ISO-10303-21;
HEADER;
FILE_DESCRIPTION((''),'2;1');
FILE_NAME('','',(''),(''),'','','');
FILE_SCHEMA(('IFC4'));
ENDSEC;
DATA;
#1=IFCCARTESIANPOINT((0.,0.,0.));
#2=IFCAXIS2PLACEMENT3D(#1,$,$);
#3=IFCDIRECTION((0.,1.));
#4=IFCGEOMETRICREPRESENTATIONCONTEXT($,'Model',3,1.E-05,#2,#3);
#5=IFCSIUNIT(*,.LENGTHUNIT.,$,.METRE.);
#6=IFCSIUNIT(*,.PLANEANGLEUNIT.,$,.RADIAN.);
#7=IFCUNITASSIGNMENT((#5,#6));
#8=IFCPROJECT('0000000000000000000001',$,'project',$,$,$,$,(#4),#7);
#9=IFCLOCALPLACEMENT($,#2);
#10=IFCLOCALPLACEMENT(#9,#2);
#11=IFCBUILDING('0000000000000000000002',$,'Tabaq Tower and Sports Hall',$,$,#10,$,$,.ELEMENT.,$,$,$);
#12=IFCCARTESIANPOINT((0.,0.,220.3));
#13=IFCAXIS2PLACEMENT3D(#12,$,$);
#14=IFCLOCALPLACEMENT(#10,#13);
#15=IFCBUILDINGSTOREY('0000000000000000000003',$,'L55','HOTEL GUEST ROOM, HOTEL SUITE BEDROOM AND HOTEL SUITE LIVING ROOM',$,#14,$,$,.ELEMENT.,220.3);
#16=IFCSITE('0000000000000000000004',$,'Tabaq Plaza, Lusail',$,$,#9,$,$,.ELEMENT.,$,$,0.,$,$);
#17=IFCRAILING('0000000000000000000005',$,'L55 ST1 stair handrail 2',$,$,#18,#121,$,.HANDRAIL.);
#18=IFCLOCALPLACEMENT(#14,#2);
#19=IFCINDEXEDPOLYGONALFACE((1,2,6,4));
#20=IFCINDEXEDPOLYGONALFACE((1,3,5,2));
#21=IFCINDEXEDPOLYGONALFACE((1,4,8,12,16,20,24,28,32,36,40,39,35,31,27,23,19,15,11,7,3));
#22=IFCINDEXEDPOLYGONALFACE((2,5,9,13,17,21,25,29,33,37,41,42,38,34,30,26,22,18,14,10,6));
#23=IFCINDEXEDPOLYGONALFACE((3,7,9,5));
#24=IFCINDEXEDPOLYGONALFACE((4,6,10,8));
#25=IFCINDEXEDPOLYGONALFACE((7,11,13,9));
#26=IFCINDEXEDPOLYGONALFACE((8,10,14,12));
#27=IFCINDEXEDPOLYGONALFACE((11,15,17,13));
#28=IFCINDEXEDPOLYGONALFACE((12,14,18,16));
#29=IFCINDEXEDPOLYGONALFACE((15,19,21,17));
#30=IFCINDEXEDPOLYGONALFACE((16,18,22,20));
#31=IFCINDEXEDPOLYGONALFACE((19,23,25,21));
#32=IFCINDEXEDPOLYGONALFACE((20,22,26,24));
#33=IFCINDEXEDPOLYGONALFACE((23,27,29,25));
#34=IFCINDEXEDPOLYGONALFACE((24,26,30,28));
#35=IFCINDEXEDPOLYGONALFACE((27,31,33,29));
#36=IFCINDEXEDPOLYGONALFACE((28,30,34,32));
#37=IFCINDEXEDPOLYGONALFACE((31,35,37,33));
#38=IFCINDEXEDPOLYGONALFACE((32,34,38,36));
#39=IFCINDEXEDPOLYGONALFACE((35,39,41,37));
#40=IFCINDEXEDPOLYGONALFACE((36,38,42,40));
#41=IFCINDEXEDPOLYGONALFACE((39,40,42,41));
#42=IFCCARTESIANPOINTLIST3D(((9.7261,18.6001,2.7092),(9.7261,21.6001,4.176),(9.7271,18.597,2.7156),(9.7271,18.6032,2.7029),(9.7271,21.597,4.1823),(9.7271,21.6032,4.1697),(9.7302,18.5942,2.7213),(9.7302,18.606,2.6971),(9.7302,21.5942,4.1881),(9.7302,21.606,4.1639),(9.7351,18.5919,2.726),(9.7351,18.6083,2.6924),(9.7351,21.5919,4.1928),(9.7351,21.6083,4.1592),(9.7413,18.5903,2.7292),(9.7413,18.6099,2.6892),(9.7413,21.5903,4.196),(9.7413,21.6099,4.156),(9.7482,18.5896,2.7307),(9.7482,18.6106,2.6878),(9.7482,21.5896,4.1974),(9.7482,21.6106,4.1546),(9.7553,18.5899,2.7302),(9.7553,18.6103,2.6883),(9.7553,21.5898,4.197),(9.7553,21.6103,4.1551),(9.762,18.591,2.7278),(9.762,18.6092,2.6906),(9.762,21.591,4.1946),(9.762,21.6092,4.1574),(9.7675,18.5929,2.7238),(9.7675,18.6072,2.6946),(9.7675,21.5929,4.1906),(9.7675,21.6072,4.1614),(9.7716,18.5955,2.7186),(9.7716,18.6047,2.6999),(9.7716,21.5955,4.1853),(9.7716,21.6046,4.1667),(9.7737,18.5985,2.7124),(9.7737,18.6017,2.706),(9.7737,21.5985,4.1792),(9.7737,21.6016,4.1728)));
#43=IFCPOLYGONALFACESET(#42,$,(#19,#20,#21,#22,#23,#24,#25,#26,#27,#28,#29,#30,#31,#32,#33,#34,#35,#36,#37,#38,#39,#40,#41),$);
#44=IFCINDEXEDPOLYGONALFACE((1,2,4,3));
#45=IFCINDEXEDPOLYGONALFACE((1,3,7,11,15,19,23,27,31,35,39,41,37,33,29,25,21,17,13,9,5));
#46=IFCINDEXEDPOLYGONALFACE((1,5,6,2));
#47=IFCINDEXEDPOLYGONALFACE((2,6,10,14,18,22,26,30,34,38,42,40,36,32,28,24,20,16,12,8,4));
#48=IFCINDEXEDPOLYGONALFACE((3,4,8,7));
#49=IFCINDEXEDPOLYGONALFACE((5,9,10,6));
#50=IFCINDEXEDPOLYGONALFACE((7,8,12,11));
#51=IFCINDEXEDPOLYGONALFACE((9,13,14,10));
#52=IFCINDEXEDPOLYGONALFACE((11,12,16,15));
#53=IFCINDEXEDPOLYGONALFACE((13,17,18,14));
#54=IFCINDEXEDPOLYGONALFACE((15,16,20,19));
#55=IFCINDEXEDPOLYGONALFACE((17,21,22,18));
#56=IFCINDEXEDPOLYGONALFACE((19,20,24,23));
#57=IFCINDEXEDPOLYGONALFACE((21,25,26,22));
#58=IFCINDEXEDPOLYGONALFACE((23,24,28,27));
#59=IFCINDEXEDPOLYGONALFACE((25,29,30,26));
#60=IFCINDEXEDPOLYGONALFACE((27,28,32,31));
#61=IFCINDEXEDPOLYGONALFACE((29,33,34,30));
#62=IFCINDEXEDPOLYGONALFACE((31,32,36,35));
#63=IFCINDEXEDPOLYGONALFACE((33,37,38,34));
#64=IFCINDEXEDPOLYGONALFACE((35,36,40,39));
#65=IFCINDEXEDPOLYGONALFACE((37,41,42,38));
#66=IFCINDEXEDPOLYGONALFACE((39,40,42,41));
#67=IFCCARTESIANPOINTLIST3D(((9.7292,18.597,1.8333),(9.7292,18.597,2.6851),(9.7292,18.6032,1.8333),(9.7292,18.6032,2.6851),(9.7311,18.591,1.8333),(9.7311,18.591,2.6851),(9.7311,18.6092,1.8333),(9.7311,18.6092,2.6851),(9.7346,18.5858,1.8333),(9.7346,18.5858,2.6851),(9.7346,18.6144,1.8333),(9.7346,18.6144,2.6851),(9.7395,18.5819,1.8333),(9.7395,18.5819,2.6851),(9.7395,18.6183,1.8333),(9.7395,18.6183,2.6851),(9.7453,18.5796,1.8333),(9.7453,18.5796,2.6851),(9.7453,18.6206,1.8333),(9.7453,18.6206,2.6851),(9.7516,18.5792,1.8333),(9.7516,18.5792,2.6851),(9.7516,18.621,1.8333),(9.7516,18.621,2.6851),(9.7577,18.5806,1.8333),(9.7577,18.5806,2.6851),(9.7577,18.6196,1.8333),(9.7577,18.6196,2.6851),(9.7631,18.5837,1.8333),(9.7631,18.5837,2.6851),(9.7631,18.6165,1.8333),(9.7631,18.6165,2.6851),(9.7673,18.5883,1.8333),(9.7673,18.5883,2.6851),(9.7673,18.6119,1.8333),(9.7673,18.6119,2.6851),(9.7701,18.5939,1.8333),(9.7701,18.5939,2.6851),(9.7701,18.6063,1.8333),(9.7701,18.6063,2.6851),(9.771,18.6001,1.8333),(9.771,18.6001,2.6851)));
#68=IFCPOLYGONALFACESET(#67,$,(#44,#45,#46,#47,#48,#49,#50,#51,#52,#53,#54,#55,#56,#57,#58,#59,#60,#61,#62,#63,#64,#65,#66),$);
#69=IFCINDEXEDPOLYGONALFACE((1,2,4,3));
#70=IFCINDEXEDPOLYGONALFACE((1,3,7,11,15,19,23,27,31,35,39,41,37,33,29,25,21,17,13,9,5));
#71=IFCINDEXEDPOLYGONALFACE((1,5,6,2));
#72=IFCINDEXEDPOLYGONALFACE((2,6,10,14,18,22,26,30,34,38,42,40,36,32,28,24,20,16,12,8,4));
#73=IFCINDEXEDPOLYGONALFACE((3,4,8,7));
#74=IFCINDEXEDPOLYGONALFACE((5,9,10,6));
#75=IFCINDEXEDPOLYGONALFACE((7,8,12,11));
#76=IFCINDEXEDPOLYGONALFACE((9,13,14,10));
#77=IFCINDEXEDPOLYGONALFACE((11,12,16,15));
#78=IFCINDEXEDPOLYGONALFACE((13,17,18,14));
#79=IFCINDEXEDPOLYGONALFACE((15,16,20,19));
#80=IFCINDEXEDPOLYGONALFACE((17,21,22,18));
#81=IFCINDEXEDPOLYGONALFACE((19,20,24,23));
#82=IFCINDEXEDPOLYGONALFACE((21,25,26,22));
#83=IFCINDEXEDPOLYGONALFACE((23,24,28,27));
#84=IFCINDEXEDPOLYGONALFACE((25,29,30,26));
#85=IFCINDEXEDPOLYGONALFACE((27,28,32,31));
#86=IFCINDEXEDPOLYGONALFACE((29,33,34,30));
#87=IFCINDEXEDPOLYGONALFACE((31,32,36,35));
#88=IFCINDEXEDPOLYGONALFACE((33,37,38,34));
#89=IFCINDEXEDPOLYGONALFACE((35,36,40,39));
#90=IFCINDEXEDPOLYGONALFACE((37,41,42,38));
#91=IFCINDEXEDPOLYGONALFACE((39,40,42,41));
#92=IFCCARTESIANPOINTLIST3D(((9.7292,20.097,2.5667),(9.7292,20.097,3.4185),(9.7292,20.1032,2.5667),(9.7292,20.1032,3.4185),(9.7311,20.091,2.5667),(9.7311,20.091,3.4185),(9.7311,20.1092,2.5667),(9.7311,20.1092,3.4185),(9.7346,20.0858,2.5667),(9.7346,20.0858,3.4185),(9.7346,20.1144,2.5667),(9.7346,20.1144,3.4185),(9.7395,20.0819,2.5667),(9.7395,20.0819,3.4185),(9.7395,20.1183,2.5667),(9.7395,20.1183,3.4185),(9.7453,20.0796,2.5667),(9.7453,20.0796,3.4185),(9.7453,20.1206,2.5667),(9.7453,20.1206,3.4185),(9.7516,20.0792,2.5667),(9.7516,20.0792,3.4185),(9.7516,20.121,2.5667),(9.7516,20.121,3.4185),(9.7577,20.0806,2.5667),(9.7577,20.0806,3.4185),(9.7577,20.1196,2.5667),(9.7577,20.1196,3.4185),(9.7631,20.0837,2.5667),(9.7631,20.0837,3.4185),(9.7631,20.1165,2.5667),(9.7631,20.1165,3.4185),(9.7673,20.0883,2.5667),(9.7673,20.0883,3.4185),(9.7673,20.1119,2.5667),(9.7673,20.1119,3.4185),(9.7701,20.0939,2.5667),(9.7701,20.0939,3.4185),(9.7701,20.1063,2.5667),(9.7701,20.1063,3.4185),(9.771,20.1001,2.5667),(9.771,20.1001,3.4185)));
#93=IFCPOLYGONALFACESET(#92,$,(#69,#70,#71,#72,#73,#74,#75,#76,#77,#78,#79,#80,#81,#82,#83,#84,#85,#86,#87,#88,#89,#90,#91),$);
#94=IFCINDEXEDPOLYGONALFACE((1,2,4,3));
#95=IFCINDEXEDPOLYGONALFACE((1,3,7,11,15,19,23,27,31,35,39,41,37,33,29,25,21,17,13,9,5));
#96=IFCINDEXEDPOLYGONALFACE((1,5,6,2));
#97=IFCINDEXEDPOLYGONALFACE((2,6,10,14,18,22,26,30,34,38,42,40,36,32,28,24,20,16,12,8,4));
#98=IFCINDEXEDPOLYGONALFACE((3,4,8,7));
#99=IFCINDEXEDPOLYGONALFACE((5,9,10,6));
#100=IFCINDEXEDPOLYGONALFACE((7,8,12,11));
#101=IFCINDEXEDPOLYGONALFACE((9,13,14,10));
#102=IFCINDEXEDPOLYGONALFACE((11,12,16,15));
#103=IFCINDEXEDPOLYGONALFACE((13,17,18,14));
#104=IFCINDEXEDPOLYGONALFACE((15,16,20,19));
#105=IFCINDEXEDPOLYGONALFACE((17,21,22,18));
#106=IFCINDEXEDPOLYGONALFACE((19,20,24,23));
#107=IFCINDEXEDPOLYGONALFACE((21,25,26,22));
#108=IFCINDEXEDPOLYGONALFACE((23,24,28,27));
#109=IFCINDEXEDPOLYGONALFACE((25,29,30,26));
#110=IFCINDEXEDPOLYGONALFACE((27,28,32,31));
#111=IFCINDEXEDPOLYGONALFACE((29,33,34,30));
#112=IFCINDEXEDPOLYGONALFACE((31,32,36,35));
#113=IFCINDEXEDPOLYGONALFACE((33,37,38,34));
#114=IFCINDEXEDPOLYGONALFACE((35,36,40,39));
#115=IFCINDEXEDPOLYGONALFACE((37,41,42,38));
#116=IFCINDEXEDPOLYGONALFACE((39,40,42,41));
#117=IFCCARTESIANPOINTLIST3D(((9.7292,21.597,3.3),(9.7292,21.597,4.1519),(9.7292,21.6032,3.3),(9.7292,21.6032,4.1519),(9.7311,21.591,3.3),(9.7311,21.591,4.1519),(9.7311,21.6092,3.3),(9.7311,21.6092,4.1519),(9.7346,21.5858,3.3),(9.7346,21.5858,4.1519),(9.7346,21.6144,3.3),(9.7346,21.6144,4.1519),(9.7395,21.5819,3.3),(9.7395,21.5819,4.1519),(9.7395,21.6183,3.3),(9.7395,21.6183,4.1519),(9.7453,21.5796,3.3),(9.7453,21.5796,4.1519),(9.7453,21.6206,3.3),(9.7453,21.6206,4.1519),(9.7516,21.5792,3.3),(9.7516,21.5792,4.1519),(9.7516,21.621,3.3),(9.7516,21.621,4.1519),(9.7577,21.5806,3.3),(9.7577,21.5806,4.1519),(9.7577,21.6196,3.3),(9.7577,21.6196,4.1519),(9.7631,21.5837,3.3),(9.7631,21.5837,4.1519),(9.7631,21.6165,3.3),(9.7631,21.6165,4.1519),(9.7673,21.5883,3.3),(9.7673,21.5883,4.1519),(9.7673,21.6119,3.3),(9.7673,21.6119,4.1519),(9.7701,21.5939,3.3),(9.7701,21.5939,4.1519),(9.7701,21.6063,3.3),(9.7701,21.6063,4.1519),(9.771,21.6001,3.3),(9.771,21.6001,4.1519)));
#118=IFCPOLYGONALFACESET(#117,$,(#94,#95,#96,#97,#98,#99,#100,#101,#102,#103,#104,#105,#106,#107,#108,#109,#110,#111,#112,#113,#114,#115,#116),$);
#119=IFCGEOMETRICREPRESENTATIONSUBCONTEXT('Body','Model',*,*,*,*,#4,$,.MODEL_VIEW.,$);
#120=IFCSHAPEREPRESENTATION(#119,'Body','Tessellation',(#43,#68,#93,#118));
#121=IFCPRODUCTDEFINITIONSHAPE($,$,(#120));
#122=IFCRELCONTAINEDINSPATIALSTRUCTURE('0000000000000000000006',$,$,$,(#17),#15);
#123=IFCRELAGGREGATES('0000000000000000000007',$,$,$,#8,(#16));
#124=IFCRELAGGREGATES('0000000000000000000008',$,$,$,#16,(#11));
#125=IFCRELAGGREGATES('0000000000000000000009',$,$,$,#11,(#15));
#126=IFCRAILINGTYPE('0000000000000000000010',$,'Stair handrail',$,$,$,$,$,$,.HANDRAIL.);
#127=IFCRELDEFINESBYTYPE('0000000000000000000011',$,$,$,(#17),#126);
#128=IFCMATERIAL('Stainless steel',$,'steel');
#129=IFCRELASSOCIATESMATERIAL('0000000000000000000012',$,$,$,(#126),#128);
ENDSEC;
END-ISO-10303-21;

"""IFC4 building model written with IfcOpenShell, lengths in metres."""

from ifc_helpers import new_model, si_unit, direction, frame, origin, origin_2d, place, context, subcontext, project, spatial, circle, extrude, material, type_object, element, save


model = new_model("IFC4")

# Units and contexts
model_context = context("Model", 3, precision=1e-05, world=origin(), true_north=direction((0.0, 1.0)))
body_context = subcontext(model_context, "Body", "Model", "MODEL_VIEW")
ifc_project = project(units=[si_unit("LENGTHUNIT", "METRE"), si_unit("PLANEANGLEUNIT", "RADIAN")], contexts=[model_context])

# Site, building, storey
site_placement = place(None, origin())
site = spatial("IfcSite", under=ifc_project, at=site_placement, Name="Tabaq Plaza, Lusail", CompositionType="ELEMENT", RefElevation=0.0)
building_placement = place(site_placement, origin())
building = spatial("IfcBuilding", under=site, at=building_placement, Name="Tabaq Tower and Sports Hall", CompositionType="ELEMENT")
storey_placement = place(building_placement, frame((0.0, 0.0, 220.3)))
storey = spatial("IfcBuildingStorey", under=building, at=storey_placement, Name="L55", Description="HOTEL GUEST ROOM, HOTEL SUITE BEDROOM AND HOTEL SUITE LIVING ROOM", CompositionType="ELEMENT", Elevation=220.3)

# Railing
ifc_material_1 = material(Name="Stainless steel", Category="steel")
railing_type = type_object("IfcRailingType", Name="Stair handrail", PredefinedType="HANDRAIL", material=ifc_material_1)
railing_placement = place(storey_placement, frame((9.75, 18.6001, 1.8333)))
element("IfcRailing", 1, at=railing_placement, inside=storey, type_object=railing_type, Name="L55 ST1 stair handrail 2", PredefinedType="HANDRAIL", context=body_context, shape_type="SweptSolid", body=[
    extrude(circle(Radius=0.0239, at=origin_2d()), frame((0.0, 0.0, 0.876), z_axis=(0.0, 0.898369, 0.439242), x_axis=(-1.0, 0.0, 0.0)), (0.0, 0.0, 1.0), 3.3394),
    extrude(circle(Radius=0.021, at=origin_2d()), origin(), (0.0, 0.0, 1.0), 0.8518),
    extrude(circle(Radius=0.021, at=origin_2d()), frame((0.0, 1.5, 0.7334)), (0.0, 0.0, 1.0), 0.8518),
    extrude(circle(Radius=0.021, at=origin_2d()), frame((0.0, 3.0, 1.4668)), (0.0, 0.0, 1.0), 0.8518),
])

save(model, "model.ifc")
